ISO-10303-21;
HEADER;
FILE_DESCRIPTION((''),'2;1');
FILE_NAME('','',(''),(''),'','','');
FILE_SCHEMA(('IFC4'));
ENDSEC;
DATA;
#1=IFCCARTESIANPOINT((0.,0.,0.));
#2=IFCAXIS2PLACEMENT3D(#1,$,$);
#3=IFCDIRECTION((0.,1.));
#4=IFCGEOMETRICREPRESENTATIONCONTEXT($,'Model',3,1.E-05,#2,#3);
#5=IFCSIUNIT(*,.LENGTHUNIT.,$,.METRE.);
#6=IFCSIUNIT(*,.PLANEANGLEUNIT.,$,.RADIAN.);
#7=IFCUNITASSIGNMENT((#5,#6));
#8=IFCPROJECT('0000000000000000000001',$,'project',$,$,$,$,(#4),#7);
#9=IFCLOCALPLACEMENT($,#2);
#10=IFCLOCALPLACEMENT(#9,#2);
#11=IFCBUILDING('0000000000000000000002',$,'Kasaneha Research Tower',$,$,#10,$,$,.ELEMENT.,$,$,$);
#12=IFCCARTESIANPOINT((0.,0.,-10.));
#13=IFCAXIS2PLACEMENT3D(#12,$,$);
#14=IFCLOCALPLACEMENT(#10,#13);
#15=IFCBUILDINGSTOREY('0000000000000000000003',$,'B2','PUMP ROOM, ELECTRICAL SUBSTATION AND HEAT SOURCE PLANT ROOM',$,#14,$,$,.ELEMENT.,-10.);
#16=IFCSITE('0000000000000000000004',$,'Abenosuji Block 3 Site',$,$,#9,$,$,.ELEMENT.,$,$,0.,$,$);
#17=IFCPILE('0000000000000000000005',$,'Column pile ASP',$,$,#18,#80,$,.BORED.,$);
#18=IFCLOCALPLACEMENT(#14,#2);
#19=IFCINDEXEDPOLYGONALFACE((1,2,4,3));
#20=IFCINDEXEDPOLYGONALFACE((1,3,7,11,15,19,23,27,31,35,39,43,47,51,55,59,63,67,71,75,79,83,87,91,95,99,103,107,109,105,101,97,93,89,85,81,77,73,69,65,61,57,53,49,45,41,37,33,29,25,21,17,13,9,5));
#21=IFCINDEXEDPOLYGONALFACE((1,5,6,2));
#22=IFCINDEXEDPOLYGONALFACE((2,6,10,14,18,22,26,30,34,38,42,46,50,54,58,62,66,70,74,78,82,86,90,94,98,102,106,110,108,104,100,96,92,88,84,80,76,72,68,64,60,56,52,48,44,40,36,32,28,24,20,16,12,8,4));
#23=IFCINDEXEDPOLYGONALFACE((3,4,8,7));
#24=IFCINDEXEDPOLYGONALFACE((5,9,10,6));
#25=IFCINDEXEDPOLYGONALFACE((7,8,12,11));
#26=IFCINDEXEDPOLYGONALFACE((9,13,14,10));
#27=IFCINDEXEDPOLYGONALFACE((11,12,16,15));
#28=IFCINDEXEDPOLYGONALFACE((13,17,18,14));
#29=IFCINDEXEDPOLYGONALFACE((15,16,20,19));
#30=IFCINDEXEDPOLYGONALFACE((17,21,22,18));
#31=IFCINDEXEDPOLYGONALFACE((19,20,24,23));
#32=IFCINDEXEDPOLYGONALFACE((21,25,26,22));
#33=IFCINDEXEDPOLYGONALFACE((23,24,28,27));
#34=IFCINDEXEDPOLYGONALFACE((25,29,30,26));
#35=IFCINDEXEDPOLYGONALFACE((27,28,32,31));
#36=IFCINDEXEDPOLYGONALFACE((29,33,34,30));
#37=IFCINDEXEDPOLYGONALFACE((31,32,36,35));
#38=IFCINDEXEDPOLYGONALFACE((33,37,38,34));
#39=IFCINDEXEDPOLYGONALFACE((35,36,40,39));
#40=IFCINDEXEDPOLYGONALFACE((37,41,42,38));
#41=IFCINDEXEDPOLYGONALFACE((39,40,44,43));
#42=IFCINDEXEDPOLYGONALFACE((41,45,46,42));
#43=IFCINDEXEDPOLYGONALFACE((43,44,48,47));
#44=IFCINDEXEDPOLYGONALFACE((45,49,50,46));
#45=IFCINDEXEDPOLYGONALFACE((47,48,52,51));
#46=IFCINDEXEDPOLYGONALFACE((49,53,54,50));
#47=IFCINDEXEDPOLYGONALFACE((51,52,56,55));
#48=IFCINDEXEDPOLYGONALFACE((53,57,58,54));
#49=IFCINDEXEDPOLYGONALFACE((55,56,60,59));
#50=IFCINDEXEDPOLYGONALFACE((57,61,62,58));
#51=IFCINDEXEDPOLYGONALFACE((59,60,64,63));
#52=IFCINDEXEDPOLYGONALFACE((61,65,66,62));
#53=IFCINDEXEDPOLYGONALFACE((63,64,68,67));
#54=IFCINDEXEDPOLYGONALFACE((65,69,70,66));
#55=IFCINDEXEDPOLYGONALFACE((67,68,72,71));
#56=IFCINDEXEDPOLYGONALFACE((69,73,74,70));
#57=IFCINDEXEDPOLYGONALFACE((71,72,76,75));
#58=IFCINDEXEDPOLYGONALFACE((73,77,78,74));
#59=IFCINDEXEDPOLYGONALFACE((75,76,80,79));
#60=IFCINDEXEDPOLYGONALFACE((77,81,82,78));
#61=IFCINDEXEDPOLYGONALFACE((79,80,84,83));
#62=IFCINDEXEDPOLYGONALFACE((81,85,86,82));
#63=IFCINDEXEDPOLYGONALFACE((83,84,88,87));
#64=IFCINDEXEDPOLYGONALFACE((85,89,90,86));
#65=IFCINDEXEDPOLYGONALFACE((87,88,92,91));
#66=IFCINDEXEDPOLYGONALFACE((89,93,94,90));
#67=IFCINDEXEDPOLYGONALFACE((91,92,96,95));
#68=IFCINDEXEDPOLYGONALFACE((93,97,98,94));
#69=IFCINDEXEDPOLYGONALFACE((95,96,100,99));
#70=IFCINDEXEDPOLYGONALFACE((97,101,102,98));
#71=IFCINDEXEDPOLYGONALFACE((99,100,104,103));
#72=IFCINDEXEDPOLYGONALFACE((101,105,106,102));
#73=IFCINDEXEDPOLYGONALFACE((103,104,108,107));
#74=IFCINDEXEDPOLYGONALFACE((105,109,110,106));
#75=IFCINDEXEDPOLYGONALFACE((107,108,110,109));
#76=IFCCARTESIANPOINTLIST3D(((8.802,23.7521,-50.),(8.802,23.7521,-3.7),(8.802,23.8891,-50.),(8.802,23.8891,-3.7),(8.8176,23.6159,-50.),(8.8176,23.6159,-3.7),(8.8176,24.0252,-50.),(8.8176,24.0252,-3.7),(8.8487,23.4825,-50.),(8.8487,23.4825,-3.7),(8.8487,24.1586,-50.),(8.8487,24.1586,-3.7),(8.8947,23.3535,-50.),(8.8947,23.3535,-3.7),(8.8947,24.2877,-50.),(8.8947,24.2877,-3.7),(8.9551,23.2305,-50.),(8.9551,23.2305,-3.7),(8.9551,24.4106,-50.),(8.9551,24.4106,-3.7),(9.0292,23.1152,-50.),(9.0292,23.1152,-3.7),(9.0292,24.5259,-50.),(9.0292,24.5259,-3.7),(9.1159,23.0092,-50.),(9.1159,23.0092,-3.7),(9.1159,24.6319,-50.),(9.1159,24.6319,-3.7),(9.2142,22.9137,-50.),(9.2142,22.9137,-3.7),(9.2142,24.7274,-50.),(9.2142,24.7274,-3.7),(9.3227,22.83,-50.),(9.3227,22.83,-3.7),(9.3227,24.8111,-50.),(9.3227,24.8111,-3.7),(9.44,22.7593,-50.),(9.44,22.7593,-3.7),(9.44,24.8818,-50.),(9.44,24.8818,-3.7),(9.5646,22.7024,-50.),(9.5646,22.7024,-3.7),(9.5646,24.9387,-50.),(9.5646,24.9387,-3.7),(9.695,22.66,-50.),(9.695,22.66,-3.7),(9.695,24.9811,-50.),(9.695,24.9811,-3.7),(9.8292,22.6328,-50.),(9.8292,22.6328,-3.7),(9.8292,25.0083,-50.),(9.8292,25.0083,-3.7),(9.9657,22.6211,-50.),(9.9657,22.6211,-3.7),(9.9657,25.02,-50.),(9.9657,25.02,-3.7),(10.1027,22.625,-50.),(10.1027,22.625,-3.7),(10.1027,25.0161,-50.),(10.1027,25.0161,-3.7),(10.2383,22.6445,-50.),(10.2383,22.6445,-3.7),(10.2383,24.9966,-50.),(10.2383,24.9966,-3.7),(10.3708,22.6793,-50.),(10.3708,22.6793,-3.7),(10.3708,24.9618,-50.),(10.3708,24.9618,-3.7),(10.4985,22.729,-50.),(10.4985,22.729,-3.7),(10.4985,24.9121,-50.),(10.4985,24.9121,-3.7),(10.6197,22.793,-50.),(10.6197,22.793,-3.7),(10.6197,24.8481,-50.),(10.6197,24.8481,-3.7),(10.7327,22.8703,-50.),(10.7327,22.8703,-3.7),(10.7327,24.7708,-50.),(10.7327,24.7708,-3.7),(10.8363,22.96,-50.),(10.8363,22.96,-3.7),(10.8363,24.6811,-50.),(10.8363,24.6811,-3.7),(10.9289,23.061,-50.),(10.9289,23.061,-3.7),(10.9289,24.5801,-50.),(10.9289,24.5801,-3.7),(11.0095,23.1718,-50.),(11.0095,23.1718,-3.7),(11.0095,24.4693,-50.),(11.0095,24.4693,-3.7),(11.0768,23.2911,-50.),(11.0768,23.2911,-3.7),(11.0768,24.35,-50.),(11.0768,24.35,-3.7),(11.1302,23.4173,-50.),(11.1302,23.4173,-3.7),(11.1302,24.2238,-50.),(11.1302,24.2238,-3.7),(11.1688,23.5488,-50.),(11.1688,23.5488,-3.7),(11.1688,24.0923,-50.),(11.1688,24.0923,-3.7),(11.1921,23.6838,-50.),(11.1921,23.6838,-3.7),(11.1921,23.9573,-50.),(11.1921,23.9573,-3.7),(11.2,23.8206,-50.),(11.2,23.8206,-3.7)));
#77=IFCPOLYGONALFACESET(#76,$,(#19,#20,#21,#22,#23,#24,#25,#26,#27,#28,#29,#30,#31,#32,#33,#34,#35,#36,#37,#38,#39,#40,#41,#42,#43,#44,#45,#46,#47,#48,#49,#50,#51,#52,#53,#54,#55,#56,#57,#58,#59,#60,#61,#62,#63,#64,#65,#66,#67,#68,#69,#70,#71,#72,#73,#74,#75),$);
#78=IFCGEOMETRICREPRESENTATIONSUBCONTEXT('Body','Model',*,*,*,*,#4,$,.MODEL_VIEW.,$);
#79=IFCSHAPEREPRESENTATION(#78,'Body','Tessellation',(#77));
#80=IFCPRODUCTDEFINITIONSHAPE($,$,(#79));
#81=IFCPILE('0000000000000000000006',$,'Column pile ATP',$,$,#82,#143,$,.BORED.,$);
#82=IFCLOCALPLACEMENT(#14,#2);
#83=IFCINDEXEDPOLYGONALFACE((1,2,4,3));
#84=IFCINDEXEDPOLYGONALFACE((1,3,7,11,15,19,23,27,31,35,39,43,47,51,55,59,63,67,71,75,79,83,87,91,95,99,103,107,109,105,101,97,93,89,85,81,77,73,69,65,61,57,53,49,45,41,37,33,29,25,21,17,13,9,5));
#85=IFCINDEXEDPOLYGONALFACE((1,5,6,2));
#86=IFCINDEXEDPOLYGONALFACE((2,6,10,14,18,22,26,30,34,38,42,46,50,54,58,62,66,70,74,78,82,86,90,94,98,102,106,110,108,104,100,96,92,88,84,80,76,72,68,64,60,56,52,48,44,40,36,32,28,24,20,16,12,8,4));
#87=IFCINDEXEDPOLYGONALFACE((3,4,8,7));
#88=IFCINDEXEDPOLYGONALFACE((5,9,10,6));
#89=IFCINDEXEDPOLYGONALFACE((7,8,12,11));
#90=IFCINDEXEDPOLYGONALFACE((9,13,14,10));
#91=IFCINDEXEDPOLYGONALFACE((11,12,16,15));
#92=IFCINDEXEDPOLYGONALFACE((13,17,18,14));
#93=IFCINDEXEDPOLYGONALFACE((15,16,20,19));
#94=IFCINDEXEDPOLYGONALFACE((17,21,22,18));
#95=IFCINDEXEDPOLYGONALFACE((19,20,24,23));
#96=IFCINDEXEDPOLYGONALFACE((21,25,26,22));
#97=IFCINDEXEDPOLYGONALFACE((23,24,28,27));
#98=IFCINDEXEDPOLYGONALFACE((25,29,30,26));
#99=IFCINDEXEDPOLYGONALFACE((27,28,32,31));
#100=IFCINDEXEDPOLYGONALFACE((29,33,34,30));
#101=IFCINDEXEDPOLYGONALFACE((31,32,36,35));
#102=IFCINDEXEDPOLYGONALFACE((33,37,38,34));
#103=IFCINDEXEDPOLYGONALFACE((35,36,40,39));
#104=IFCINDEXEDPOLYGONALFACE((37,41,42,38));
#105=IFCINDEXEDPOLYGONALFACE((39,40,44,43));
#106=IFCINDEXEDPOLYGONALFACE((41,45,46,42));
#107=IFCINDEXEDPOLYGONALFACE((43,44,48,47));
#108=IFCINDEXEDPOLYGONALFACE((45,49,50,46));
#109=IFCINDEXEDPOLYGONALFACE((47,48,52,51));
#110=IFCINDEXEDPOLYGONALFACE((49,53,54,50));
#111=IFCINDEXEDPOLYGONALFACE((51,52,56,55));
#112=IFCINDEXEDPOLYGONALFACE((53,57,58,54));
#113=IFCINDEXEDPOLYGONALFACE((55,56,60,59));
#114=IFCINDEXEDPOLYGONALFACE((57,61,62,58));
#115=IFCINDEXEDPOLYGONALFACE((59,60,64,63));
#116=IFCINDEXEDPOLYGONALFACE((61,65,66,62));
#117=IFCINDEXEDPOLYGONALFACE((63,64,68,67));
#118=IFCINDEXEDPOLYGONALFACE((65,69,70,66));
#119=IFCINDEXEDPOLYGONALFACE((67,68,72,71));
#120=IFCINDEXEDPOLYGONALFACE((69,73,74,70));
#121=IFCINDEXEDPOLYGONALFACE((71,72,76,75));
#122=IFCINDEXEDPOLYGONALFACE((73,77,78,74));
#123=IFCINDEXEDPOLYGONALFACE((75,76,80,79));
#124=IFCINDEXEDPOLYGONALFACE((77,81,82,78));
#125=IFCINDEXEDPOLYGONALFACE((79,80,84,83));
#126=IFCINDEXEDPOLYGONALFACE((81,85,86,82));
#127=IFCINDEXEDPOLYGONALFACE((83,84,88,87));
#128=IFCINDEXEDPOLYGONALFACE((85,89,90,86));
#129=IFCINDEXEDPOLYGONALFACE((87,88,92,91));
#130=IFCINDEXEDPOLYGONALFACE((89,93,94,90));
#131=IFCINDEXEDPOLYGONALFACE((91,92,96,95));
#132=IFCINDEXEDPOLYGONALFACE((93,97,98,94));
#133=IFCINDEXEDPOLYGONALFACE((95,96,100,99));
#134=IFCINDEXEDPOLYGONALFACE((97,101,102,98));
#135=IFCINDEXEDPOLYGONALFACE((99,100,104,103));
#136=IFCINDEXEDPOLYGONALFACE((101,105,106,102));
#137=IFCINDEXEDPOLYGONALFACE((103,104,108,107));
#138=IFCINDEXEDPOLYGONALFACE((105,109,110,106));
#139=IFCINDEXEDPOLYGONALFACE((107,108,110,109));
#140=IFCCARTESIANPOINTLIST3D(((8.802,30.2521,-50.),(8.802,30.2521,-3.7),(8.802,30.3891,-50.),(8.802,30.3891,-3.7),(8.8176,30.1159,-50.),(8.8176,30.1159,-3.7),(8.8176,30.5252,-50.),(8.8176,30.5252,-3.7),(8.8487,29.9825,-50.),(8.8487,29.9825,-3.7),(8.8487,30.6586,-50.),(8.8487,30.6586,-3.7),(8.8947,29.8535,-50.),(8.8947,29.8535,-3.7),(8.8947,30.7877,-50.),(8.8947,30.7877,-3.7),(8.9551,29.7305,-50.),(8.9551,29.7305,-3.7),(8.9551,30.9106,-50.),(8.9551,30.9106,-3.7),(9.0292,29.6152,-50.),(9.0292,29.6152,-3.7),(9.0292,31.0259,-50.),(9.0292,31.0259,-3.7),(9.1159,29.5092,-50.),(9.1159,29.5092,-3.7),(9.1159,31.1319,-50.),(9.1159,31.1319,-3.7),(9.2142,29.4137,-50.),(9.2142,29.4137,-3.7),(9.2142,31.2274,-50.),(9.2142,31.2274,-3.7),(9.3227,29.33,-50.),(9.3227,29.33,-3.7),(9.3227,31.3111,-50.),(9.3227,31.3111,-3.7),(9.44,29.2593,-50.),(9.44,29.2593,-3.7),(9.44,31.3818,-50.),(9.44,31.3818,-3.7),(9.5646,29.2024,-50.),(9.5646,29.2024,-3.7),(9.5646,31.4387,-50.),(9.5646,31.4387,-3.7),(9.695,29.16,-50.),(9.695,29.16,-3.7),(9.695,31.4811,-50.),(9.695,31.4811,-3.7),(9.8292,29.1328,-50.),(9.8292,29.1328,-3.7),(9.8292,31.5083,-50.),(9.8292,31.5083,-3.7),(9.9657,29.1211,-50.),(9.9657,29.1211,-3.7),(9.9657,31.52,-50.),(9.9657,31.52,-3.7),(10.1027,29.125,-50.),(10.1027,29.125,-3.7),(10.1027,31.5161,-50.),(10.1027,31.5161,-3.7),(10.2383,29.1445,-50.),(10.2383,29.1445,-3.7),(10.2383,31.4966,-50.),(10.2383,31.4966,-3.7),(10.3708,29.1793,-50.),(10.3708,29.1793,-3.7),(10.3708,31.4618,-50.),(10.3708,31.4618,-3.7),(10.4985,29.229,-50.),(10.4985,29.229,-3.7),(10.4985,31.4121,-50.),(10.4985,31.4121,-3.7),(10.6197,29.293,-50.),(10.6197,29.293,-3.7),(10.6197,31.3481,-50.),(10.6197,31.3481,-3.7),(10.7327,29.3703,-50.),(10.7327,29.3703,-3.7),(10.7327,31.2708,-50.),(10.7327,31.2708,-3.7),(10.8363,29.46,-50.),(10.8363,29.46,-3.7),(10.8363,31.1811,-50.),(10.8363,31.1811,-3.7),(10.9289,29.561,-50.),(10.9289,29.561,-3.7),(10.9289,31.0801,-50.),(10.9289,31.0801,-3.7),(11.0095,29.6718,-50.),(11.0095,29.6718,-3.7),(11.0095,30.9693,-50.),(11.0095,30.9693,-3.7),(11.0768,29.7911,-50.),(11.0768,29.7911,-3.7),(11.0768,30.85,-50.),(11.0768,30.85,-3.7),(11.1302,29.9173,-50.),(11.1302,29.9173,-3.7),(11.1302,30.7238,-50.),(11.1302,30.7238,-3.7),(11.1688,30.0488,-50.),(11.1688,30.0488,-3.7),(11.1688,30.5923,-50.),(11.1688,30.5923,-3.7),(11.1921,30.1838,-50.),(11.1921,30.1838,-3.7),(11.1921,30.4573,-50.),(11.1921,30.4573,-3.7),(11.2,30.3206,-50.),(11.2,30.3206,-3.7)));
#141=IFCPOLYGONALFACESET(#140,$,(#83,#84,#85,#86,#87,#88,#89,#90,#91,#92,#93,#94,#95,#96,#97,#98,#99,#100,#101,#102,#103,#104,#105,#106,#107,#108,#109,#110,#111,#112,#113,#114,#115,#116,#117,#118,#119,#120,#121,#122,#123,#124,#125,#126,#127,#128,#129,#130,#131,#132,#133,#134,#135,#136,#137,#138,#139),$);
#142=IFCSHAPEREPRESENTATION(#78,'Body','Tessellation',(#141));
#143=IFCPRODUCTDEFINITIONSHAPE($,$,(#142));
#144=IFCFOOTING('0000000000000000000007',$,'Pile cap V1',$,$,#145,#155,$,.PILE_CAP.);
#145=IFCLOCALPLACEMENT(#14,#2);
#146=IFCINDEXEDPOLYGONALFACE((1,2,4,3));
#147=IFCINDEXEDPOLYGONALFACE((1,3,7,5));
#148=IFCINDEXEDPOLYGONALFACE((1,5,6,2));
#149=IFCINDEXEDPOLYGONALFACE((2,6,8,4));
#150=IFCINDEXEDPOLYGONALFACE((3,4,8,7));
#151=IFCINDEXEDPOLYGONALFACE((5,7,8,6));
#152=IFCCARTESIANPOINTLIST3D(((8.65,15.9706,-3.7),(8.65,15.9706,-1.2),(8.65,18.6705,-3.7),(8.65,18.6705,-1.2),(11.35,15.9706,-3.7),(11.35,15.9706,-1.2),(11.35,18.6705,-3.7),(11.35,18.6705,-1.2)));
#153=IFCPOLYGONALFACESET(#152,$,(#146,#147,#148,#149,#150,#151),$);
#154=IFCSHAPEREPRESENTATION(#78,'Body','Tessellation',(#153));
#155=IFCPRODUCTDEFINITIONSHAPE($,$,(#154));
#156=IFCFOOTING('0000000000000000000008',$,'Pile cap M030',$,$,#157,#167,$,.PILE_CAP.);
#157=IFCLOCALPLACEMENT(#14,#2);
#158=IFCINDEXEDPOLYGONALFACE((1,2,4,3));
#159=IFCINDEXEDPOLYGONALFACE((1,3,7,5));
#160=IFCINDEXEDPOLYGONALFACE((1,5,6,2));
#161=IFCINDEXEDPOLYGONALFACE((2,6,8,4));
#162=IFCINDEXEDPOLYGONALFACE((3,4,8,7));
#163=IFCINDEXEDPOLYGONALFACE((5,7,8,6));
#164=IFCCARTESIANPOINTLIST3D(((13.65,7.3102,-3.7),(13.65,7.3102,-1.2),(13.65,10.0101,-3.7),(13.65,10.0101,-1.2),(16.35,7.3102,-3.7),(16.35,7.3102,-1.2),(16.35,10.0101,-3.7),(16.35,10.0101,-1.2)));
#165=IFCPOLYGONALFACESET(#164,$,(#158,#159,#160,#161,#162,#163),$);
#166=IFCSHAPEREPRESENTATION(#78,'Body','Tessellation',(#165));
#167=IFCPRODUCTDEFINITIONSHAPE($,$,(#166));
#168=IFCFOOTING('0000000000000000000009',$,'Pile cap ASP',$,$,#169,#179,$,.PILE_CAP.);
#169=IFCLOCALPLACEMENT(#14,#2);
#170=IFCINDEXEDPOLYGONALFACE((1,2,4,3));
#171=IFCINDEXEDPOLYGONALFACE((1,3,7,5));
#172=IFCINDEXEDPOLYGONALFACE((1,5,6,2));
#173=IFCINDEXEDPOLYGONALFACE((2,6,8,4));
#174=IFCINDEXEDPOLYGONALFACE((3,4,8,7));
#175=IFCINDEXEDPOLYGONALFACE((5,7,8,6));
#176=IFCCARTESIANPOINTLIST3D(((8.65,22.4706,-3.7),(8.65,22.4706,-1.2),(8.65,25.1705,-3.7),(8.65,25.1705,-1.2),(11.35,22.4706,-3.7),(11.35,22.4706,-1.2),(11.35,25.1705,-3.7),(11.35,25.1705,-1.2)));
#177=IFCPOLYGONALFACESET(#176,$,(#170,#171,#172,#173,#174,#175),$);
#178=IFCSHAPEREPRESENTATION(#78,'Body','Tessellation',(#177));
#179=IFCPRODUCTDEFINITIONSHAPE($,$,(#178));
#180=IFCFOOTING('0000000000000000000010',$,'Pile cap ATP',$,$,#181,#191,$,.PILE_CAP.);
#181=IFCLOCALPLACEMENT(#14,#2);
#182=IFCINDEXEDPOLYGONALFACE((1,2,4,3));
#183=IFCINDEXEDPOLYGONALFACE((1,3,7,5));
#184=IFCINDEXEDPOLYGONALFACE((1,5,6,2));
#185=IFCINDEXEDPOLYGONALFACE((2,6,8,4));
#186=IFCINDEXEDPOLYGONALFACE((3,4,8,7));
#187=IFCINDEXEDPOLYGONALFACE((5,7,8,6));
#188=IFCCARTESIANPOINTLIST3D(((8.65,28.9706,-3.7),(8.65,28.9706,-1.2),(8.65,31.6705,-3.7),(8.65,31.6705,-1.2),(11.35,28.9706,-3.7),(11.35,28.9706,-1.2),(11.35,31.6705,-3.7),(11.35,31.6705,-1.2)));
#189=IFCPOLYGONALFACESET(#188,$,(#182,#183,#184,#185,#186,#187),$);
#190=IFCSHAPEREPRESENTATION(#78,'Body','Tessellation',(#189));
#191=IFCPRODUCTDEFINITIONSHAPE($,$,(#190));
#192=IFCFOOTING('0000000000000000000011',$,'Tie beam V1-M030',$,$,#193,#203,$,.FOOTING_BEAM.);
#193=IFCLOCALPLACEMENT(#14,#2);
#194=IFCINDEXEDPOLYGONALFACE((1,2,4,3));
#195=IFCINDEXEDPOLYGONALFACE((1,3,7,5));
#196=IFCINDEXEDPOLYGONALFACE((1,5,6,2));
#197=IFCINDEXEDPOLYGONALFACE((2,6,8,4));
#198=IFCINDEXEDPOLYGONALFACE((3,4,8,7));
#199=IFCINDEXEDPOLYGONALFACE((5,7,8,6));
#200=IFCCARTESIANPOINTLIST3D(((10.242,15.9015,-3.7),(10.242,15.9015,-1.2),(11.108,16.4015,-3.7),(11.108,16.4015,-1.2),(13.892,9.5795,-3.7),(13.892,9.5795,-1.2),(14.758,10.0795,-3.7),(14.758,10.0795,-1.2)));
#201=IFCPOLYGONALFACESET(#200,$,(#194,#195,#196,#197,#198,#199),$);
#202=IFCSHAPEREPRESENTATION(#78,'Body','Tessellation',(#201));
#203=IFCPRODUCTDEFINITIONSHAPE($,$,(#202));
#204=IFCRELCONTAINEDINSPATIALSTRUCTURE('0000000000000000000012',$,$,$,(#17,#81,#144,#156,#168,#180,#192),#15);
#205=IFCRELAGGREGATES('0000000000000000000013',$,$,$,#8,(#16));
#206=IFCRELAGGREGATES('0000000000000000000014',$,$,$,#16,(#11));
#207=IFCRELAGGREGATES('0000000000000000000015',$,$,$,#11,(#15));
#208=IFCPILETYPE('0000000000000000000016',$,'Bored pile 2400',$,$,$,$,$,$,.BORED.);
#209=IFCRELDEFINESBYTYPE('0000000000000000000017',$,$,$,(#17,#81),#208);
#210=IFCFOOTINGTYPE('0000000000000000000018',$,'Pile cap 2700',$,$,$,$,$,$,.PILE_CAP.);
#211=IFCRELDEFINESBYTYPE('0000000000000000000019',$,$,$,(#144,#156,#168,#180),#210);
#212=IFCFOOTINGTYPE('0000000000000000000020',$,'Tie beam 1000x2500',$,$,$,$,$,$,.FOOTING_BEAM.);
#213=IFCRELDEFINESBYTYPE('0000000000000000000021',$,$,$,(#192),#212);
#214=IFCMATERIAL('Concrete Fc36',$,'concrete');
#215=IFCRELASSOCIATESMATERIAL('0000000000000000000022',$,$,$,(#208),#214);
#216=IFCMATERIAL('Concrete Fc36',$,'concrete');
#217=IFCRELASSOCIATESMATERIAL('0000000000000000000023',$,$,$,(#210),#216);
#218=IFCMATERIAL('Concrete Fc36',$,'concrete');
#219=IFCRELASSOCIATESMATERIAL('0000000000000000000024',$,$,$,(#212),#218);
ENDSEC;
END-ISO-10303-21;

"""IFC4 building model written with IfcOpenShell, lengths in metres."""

from ifc_helpers import new_model, si_unit, direction, frame, origin, origin_2d, place, context, subcontext, project, spatial, rectangle, circle, extrude, material, material_profile, profile_set, type_object, element, save


model = new_model("IFC4")

# Units and contexts
model_context = context("Model", 3, precision=1e-05, world=origin(), true_north=direction((0.0, 1.0)))
body_context = subcontext(model_context, "Body", "Model", "MODEL_VIEW")
ifc_project = project(units=[si_unit("LENGTHUNIT", "METRE"), si_unit("PLANEANGLEUNIT", "RADIAN")], contexts=[model_context])

# Site, building, storey
site_placement = place(None, origin())
site = spatial("IfcSite", under=ifc_project, at=site_placement, Name="Abenosuji Block 3 Site", CompositionType="ELEMENT", RefElevation=0.0)
building_placement = place(site_placement, origin())
building = spatial("IfcBuilding", under=site, at=building_placement, Name="Kasaneha Research Tower", CompositionType="ELEMENT")
storey_placement = place(building_placement, frame((0.0, 0.0, -10.0)))
storey = spatial("IfcBuildingStorey", under=building, at=storey_placement, Name="B2", Description="PUMP ROOM, ELECTRICAL SUBSTATION AND HEAT SOURCE PLANT ROOM", CompositionType="ELEMENT", Elevation=-10.0)

# Piles
ifc_material_1 = material(Name="Concrete Fc36", Category="concrete")
ifc_material_profile_1 = material_profile(ifc_material_1, circle(Radius=1.2, at=origin_2d()), Name="Bored pile 2400")
ifc_profile_set_1 = profile_set([ifc_material_profile_1], Name="Concrete Fc36")
pile_type_1 = type_object("IfcPileType", Name="Bored pile 2400", PredefinedType="BORED", material=ifc_profile_set_1)
for number, where, z_axis, x_axis, name in (
    (1, (10.0, 23.8206, -3.7), (0.0, 0.0, -1.0), (1.0, 0.0, 0.0), "Column pile ASP"),
    (2, (10.0, 30.3206, -3.7), (0.0, 0.0, -1.0), (1.0, 0.0, 0.0), "Column pile ATP"),
):
    element("IfcPile", number, at=place(storey_placement, frame(where, z_axis=z_axis, x_axis=x_axis)), inside=storey, type_object=pile_type_1, Name=name, PredefinedType="BORED", context=body_context, shape_type="SweptSolid", body=[
        extrude(circle(Radius=1.2, at=origin_2d()), origin(), (0.0, 0.0, 1.0), 46.3),
    ])

# Footings
ifc_material_2 = material(Name="Concrete Fc36", Category="concrete")
footing_type_1 = type_object("IfcFootingType", Name="Pile cap 2700", PredefinedType="PILE_CAP", material=ifc_material_2)
for number, where, z_axis, x_axis, name in (
    (3, (10.0, 17.3206, -3.7), (0.0, 0.0, 1.0), (1.0, 0.0, 0.0), "Pile cap V1"),
    (4, (15.0, 8.6602, -3.7), (0.0, 0.0, 1.0), (1.0, 0.0, 0.0), "Pile cap M030"),
    (5, (10.0, 23.8206, -3.7), (0.0, 0.0, 1.0), (1.0, 0.0, 0.0), "Pile cap ASP"),
    (6, (10.0, 30.3206, -3.7), (0.0, 0.0, 1.0), (1.0, 0.0, 0.0), "Pile cap ATP"),
):
    element("IfcFooting", number, at=place(storey_placement, frame(where, z_axis=z_axis, x_axis=x_axis)), inside=storey, type_object=footing_type_1, Name=name, PredefinedType="PILE_CAP", context=body_context, shape_type="SweptSolid", body=[
        extrude(rectangle(XDim=2.7, YDim=2.7, at=origin_2d()), origin(), (0.0, 0.0, 1.0), 2.5),
    ])
ifc_material_3 = material(Name="Concrete Fc36", Category="concrete")
footing_type_2 = type_object("IfcFootingType", Name="Tie beam 1000x2500", PredefinedType="FOOTING_BEAM", material=ifc_material_3)
footing_placement = place(storey_placement, frame((12.5, 12.9905, -3.7), z_axis=(0.0, 0.0, 1.0), x_axis=(0.5, -0.866025, 0.0)))
element("IfcFooting", 7, at=footing_placement, inside=storey, type_object=footing_type_2, Name="Tie beam V1-M030", PredefinedType="FOOTING_BEAM", context=body_context, shape_type="SweptSolid", body=[
    extrude(rectangle(XDim=7.3, YDim=1.0, at=origin_2d()), origin(), (0.0, 0.0, 1.0), 2.5),
])

save(model, "model.ifc")
